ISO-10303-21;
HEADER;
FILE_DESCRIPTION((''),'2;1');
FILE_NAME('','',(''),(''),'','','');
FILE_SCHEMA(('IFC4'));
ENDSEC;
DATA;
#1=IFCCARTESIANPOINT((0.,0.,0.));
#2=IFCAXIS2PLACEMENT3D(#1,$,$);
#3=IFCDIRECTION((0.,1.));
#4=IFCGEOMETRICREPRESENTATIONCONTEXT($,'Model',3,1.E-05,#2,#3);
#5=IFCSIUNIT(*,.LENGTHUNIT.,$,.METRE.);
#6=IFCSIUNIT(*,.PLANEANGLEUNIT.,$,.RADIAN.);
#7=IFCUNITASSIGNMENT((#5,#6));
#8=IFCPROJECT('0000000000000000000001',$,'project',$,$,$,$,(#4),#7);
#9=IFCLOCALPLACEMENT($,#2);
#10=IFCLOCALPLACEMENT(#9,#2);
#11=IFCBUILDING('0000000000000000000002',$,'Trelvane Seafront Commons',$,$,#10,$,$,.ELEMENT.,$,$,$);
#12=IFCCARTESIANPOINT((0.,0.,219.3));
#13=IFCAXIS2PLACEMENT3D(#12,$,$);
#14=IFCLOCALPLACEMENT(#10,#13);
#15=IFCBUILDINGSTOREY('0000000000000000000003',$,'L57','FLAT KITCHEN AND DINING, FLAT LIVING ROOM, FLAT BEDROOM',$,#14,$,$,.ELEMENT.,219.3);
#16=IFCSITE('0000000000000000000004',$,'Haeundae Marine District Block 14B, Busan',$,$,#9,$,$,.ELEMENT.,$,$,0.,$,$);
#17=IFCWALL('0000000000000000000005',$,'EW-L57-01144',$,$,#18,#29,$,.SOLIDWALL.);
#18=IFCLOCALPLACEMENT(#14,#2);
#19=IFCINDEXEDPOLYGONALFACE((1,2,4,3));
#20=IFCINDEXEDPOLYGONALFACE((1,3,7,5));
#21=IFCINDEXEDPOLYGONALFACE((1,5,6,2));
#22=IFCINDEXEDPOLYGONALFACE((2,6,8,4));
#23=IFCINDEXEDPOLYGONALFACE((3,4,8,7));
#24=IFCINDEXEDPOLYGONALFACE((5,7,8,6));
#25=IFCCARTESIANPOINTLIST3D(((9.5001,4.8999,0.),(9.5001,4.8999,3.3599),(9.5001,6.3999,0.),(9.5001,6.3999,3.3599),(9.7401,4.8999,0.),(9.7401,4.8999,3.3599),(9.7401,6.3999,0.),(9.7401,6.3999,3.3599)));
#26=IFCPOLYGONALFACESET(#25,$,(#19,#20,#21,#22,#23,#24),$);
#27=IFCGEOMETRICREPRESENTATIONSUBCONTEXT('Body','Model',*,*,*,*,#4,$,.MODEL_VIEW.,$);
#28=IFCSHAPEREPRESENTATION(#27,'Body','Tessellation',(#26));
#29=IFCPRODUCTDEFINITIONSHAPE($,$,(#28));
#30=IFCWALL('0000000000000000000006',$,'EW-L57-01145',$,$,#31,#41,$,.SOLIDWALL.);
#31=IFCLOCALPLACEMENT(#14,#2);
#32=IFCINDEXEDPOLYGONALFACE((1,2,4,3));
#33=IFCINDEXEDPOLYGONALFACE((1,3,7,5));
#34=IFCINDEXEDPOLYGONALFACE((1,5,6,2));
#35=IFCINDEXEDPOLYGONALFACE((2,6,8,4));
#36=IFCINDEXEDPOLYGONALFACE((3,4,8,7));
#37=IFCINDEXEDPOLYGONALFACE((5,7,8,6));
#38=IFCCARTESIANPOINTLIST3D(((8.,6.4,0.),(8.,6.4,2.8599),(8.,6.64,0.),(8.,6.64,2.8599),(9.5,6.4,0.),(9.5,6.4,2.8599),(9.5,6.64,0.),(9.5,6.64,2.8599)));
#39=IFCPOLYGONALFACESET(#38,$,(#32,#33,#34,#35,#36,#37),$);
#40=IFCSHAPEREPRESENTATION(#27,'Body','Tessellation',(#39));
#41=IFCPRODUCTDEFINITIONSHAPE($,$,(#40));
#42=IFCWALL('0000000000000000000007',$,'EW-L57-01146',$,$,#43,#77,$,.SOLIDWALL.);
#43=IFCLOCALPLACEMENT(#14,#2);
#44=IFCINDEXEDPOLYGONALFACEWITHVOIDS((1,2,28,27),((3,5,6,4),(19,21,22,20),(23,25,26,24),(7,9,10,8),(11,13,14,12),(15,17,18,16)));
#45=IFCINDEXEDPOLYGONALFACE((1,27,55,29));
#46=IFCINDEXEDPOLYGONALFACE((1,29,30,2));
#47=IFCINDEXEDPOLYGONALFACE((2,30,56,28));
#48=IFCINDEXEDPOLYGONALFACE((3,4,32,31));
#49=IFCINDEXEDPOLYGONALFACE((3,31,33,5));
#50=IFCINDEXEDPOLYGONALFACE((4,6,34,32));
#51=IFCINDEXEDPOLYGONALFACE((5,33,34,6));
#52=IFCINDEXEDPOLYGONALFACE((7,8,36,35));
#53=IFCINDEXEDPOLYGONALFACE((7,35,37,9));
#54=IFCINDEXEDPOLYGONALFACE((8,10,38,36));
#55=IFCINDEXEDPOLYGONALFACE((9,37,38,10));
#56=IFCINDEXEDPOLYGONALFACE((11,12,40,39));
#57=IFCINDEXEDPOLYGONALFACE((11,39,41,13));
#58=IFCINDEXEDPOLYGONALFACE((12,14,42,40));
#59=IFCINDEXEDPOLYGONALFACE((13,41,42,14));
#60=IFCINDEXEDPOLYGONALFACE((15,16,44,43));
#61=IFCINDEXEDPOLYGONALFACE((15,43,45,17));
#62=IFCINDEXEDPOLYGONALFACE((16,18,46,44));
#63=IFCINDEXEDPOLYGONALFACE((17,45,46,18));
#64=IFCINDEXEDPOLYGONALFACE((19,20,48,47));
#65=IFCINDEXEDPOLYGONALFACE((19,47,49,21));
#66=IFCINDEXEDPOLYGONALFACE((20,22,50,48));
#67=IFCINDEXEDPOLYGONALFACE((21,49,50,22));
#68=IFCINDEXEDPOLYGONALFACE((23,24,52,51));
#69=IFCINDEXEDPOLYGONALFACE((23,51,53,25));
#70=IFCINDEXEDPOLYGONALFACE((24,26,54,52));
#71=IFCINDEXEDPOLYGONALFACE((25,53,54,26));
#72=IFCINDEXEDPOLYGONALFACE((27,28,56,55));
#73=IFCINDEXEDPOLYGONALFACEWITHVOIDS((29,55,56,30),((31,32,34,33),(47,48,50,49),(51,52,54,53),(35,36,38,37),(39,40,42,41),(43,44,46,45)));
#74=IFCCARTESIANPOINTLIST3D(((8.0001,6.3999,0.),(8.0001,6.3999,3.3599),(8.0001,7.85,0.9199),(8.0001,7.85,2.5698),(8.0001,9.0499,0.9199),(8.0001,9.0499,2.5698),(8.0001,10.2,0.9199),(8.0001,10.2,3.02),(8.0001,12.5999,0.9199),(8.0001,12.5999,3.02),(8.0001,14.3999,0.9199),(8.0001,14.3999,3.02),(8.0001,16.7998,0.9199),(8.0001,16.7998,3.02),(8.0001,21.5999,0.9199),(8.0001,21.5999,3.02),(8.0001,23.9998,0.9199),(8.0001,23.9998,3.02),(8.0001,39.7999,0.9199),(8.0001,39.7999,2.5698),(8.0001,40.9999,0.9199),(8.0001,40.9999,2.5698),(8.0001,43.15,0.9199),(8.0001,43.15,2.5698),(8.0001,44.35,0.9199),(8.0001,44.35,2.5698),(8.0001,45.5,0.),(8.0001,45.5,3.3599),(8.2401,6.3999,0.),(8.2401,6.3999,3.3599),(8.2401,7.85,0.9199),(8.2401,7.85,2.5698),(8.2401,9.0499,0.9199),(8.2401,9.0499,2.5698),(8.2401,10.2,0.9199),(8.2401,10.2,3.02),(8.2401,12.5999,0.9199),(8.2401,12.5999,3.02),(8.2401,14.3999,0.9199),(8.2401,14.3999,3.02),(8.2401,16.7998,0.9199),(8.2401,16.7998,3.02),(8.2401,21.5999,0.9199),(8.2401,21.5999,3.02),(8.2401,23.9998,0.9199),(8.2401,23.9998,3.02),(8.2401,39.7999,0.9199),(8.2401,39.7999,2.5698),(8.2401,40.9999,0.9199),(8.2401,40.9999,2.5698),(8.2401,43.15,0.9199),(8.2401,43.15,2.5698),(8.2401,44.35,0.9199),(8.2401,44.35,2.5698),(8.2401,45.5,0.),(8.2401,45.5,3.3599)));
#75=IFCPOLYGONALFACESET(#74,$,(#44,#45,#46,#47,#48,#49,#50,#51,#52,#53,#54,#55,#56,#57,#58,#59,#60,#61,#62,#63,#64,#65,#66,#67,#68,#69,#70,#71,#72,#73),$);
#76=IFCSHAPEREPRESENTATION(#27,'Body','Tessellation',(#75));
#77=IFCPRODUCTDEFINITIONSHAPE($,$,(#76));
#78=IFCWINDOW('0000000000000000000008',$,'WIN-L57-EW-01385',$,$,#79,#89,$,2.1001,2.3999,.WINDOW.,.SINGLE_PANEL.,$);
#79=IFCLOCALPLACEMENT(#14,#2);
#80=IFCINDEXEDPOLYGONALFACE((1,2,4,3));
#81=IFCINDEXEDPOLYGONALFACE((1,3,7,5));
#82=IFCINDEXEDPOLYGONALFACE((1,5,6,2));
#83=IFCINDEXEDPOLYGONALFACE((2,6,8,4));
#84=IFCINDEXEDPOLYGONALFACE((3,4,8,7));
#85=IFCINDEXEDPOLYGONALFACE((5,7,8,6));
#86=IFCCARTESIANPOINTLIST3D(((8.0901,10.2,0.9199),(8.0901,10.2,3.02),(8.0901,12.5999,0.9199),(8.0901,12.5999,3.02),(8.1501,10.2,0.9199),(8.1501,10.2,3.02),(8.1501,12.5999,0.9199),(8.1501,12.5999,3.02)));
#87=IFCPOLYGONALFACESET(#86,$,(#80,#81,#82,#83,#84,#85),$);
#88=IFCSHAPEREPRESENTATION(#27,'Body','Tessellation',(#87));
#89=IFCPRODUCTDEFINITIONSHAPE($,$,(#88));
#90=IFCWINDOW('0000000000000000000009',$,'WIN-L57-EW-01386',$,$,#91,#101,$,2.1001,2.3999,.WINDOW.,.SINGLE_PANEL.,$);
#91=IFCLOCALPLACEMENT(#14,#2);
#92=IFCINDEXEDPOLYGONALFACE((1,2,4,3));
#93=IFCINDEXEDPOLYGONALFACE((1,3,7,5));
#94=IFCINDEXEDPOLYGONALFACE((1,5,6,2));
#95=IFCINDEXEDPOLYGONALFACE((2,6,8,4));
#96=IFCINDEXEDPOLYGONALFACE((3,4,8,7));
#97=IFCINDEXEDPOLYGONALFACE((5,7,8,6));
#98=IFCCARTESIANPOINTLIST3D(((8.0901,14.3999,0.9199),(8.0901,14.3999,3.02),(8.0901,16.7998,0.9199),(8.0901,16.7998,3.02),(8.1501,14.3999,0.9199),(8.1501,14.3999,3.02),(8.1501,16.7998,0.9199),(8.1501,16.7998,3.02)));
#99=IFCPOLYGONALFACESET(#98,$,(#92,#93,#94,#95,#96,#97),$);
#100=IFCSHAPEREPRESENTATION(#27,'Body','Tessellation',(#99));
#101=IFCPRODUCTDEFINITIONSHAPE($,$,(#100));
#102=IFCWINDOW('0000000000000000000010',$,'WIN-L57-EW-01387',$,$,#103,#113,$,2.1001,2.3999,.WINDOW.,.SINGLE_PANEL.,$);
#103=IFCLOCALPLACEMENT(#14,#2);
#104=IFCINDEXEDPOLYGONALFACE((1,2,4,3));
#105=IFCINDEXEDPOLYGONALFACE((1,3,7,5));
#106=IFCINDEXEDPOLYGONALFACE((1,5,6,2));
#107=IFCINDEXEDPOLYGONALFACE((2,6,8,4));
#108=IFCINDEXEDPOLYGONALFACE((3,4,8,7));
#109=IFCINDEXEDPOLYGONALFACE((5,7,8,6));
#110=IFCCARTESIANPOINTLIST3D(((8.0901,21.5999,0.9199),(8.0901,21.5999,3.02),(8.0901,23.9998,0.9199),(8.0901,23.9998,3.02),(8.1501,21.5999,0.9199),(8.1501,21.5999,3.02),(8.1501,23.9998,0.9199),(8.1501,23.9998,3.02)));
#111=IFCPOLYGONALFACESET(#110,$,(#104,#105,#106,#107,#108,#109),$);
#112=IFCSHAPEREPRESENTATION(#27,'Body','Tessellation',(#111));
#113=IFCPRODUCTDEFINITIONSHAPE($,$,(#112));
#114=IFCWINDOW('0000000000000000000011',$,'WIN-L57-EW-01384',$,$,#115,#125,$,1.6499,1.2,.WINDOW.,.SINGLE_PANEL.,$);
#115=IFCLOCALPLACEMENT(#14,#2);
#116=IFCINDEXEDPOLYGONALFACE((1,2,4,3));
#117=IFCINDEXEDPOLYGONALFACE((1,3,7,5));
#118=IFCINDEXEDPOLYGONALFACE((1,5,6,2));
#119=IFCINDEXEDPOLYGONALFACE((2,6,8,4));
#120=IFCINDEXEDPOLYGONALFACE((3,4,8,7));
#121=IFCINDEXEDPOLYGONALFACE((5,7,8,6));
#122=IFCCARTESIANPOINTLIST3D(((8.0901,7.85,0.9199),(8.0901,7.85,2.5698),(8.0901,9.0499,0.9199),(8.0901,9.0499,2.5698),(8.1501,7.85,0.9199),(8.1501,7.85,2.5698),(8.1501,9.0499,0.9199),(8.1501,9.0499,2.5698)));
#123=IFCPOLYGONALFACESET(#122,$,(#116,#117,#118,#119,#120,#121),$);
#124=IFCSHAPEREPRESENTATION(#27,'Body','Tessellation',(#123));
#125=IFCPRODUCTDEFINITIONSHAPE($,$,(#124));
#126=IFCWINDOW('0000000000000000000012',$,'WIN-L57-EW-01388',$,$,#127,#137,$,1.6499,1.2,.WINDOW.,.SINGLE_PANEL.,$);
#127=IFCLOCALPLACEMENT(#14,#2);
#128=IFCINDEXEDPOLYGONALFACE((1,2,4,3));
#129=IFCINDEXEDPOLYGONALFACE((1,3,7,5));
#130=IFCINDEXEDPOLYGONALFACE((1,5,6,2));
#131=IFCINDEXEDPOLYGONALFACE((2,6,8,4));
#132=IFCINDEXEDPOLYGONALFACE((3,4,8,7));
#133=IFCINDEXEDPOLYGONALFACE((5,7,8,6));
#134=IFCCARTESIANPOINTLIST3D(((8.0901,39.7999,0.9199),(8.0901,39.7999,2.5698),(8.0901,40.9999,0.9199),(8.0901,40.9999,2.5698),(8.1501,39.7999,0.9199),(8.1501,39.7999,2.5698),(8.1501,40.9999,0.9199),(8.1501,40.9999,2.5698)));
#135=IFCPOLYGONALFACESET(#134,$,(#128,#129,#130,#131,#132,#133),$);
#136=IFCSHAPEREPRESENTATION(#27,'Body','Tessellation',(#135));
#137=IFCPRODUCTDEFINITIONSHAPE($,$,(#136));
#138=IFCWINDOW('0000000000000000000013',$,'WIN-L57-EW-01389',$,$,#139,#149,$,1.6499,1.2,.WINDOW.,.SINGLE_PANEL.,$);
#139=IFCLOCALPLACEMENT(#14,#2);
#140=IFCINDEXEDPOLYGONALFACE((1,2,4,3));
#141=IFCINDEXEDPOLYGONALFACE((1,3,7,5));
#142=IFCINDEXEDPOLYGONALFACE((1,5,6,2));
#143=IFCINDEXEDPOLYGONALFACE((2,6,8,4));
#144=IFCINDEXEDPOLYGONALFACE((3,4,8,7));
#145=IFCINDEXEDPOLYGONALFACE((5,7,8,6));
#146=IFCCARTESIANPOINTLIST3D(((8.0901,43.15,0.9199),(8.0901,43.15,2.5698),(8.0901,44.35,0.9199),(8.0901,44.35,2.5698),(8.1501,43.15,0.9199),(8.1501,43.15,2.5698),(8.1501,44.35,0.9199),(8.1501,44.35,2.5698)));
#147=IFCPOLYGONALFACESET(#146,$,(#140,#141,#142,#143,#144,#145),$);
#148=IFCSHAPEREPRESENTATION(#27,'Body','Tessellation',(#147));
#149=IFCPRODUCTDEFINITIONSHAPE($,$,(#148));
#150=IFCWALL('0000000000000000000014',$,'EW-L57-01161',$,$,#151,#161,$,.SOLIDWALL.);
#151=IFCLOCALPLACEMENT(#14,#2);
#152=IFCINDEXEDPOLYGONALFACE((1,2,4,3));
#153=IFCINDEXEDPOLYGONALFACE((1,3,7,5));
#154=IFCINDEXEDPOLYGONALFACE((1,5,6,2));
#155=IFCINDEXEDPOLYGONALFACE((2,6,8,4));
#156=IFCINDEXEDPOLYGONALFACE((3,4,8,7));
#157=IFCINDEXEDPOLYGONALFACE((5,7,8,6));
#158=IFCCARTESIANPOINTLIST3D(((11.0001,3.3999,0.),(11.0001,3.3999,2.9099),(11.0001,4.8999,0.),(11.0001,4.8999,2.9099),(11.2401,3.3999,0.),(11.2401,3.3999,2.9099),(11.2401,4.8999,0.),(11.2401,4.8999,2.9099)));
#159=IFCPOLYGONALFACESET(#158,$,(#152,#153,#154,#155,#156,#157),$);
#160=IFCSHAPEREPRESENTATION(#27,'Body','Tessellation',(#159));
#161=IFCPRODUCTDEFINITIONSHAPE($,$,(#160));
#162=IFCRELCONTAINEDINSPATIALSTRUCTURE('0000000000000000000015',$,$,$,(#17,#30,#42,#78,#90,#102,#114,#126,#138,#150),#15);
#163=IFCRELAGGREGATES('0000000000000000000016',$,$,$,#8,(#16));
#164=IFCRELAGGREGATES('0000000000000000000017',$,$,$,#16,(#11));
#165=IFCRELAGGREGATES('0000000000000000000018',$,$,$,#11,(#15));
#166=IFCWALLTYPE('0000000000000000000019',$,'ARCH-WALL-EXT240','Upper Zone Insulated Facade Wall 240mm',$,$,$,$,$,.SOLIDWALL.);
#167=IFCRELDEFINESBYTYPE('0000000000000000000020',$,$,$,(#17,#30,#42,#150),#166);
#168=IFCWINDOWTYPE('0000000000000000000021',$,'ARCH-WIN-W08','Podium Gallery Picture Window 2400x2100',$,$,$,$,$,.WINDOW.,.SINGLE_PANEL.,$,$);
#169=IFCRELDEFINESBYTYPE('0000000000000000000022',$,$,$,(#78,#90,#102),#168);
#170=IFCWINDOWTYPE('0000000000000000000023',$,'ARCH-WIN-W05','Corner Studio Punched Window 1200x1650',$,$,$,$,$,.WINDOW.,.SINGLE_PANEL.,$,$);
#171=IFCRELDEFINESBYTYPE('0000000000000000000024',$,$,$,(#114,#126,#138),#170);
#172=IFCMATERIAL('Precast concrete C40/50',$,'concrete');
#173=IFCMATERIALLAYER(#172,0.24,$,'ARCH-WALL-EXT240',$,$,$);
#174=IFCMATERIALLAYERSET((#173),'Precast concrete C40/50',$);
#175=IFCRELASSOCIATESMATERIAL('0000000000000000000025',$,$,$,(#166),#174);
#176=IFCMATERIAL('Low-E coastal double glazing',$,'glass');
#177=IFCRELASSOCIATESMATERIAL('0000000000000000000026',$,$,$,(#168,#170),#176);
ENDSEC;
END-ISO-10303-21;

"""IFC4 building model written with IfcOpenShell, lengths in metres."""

from ifc_helpers import new_model, si_unit, direction, frame, frame_2d, origin, place, context, subcontext, project, spatial, rectangle, extrude, source, transform, mapped, material, layer, layer_set, type_object, element, fill, save


model = new_model("IFC4")

# Units and contexts
model_context = context("Model", 3, precision=1e-05, world=origin(), true_north=direction((0.0, 1.0)))
body_context = subcontext(model_context, "Body", "Model", "MODEL_VIEW")
ifc_project = project(units=[si_unit("LENGTHUNIT", "METRE"), si_unit("PLANEANGLEUNIT", "RADIAN")], contexts=[model_context])

# Site, building, storey
site_placement = place(None, origin())
site = spatial("IfcSite", under=ifc_project, at=site_placement, Name="Haeundae Marine District Block 14B, Busan", CompositionType="ELEMENT", RefElevation=0.0)
building_placement = place(site_placement, origin())
building = spatial("IfcBuilding", under=site, at=building_placement, Name="Trelvane Seafront Commons", CompositionType="ELEMENT")
storey_placement = place(building_placement, frame((0.0, 0.0, 219.3)))
storey = spatial("IfcBuildingStorey", under=building, at=storey_placement, Name="L57", Description="FLAT KITCHEN AND DINING, FLAT LIVING ROOM, FLAT BEDROOM", CompositionType="ELEMENT", Elevation=219.3)

# Walls
ifc_material_1 = material(Name="Precast concrete C40/50", Category="concrete")
ifc_layer_1 = layer(ifc_material_1, 0.24, Name="ARCH-WALL-EXT240")
ifc_layer_set_1 = layer_set([ifc_layer_1], Name="Precast concrete C40/50")
wall_type_1 = type_object("IfcWallType", Name="ARCH-WALL-EXT240", Description="Upper Zone Insulated Facade Wall 240mm", PredefinedType="SOLIDWALL", material=ifc_layer_set_1)
for number, where, z_axis, x_axis, name in (
    (1, (9.6201, 4.8999, 0.0), (0.0, 0.0, 1.0), (0.0, 1.0, 0.0), "EW-L57-01144"),
):
    element("IfcWall", number, at=place(storey_placement, frame(where, z_axis=z_axis, x_axis=x_axis)), inside=storey, type_object=wall_type_1, Name=name, PredefinedType="SOLIDWALL", context=body_context, shape_type="SweptSolid", body=[
        extrude(rectangle(XDim=1.5, YDim=0.24, at=frame_2d((0.75, 0.0))), origin(), (0.0, 0.0, 1.0), 3.3599),
    ])
wall_1_placement = place(storey_placement, frame((9.5, 6.52, 0.0), z_axis=(0.0, 0.0, 1.0), x_axis=(-1.0, 0.0, 0.0)))
element("IfcWall", 2, at=wall_1_placement, inside=storey, type_object=wall_type_1, Name="EW-L57-01145", PredefinedType="SOLIDWALL", context=body_context, shape_type="SweptSolid", body=[
    extrude(rectangle(XDim=1.5, YDim=0.24, at=frame_2d((0.75, 0.0))), origin(), (0.0, 0.0, 1.0), 2.8599),
])

# Wall, openings, windows
wall_2_placement = place(storey_placement, frame((8.1201, 6.3999, 0.0), z_axis=(0.0, 0.0, 1.0), x_axis=(0.0, 1.0, 0.0)))
wall_2 = element("IfcWall", 3, at=wall_2_placement, inside=storey, type_object=wall_type_1, Name="EW-L57-01146", PredefinedType="SOLIDWALL", context=body_context, shape_type="SweptSolid", body=[
    extrude(rectangle(XDim=39.1001, YDim=0.24, at=frame_2d((19.55, 0.0))), origin(), (0.0, 0.0, 1.0), 3.3599),
])
opening_1_placement = place(wall_2_placement, frame((1.45, 0.0, 0.9199)))
opening_1 = element("IfcOpeningElement", 4, at=opening_1_placement, cuts=wall_2, PredefinedType="OPENING", context=body_context, shape_type="SweptSolid", body=[
    extrude(rectangle(XDim=1.2, YDim=1.6499, at=frame_2d((0.6001, 0.825))), frame((0.0, 0.1299, 0.0), z_axis=(0.0, -1.0, 0.0), x_axis=(1.0, 0.0, 0.0)), (0.0, 0.0, 1.0), 0.26),
])
opening_2_placement = place(wall_2_placement, frame((3.8, 0.0, 0.9199)))
opening_2 = element("IfcOpeningElement", 5, at=opening_2_placement, cuts=wall_2, PredefinedType="OPENING", context=body_context, shape_type="SweptSolid", body=[
    extrude(rectangle(XDim=2.3999, YDim=2.1001, at=frame_2d((1.2, 1.05))), frame((0.0, 0.1299, 0.0), z_axis=(0.0, -1.0, 0.0), x_axis=(1.0, 0.0, 0.0)), (0.0, 0.0, 1.0), 0.26),
])
opening_3_placement = place(wall_2_placement, frame((8.0, 0.0, 0.9199)))
opening_3 = element("IfcOpeningElement", 6, at=opening_3_placement, cuts=wall_2, PredefinedType="OPENING", context=body_context, shape_type="SweptSolid", body=[
    extrude(rectangle(XDim=2.3999, YDim=2.1001, at=frame_2d((1.2, 1.05))), frame((0.0, 0.1299, 0.0), z_axis=(0.0, -1.0, 0.0), x_axis=(1.0, 0.0, 0.0)), (0.0, 0.0, 1.0), 0.26),
])
opening_4_placement = place(wall_2_placement, frame((15.2, 0.0, 0.9199)))
opening_4 = element("IfcOpeningElement", 7, at=opening_4_placement, cuts=wall_2, PredefinedType="OPENING", context=body_context, shape_type="SweptSolid", body=[
    extrude(rectangle(XDim=2.3999, YDim=2.1001, at=frame_2d((1.2, 1.05))), frame((0.0, 0.1299, 0.0), z_axis=(0.0, -1.0, 0.0), x_axis=(1.0, 0.0, 0.0)), (0.0, 0.0, 1.0), 0.26),
])
opening_5_placement = place(wall_2_placement, frame((33.3999, 0.0, 0.9199)))
opening_5 = element("IfcOpeningElement", 8, at=opening_5_placement, cuts=wall_2, PredefinedType="OPENING", context=body_context, shape_type="SweptSolid", body=[
    extrude(rectangle(XDim=1.2, YDim=1.6499, at=frame_2d((0.6001, 0.825))), frame((0.0, 0.1299, 0.0), z_axis=(0.0, -1.0, 0.0), x_axis=(1.0, 0.0, 0.0)), (0.0, 0.0, 1.0), 0.26),
])
opening_6_placement = place(wall_2_placement, frame((36.75, 0.0, 0.9199)))
opening_6 = element("IfcOpeningElement", 9, at=opening_6_placement, cuts=wall_2, PredefinedType="OPENING", context=body_context, shape_type="SweptSolid", body=[
    extrude(rectangle(XDim=1.2, YDim=1.6499, at=frame_2d((0.6001, 0.825))), frame((0.0, 0.1299, 0.0), z_axis=(0.0, -1.0, 0.0), x_axis=(1.0, 0.0, 0.0)), (0.0, 0.0, 1.0), 0.26),
])
ifc_material_2 = material(Name="Low-E coastal double glazing", Category="glass")
window_type_1 = type_object("IfcWindowType", Name="ARCH-WIN-W08", Description="Podium Gallery Picture Window 2400x2100", PartitioningType="SINGLE_PANEL", PredefinedType="WINDOW", material=ifc_material_2)
shared_shape_1 = source(origin(), body_context, "Body", "SweptSolid", [
    extrude(rectangle(XDim=2.3999, YDim=2.1001, at=frame_2d((1.2, 1.05))), frame((0.0, 0.03, 0.0), z_axis=(0.0, -1.0, 0.0), x_axis=(1.0, 0.0, 0.0)), (0.0, 0.0, 1.0), 0.0601),
])
window_1_placement = place(opening_2_placement, origin())
window_1 = element("IfcWindow", 10, at=window_1_placement, inside=storey, type_object=window_type_1, Name="WIN-L57-EW-01385", OverallHeight=2.1001, OverallWidth=2.3999, PartitioningType="SINGLE_PANEL", PredefinedType="WINDOW", context=body_context, shape_type="MappedRepresentation", body=[
    mapped(shared_shape_1, transform((0.0, 0.0, 0.0), x_axis=(1.0, 0.0, 0.0), y_axis=(0.0, 1.0, 0.0), z_axis=(0.0, 0.0, 1.0), scale=1.0)),
])
fill(opening_2, window_1)
window_2_placement = place(opening_3_placement, origin())
window_2 = element("IfcWindow", 11, at=window_2_placement, inside=storey, type_object=window_type_1, Name="WIN-L57-EW-01386", OverallHeight=2.1001, OverallWidth=2.3999, PartitioningType="SINGLE_PANEL", PredefinedType="WINDOW", context=body_context, shape_type="MappedRepresentation", body=[
    mapped(shared_shape_1, transform((0.0, 0.0, 0.0), x_axis=(1.0, 0.0, 0.0), y_axis=(0.0, 1.0, 0.0), z_axis=(0.0, 0.0, 1.0), scale=1.0)),
])
fill(opening_3, window_2)
window_3_placement = place(opening_4_placement, origin())
window_3 = element("IfcWindow", 12, at=window_3_placement, inside=storey, type_object=window_type_1, Name="WIN-L57-EW-01387", OverallHeight=2.1001, OverallWidth=2.3999, PartitioningType="SINGLE_PANEL", PredefinedType="WINDOW", context=body_context, shape_type="MappedRepresentation", body=[
    mapped(shared_shape_1, transform((0.0, 0.0, 0.0), x_axis=(1.0, 0.0, 0.0), y_axis=(0.0, 1.0, 0.0), z_axis=(0.0, 0.0, 1.0), scale=1.0)),
])
fill(opening_4, window_3)
window_type_2 = type_object("IfcWindowType", Name="ARCH-WIN-W05", Description="Corner Studio Punched Window 1200x1650", PartitioningType="SINGLE_PANEL", PredefinedType="WINDOW", material=ifc_material_2)
shared_shape_2 = source(origin(), body_context, "Body", "SweptSolid", [
    extrude(rectangle(XDim=1.2, YDim=1.6499, at=frame_2d((0.6001, 0.825))), frame((0.0, 0.03, 0.0), z_axis=(0.0, -1.0, 0.0), x_axis=(1.0, 0.0, 0.0)), (0.0, 0.0, 1.0), 0.0601),
])
window_4_placement = place(opening_1_placement, origin())
window_4 = element("IfcWindow", 13, at=window_4_placement, inside=storey, type_object=window_type_2, Name="WIN-L57-EW-01384", OverallHeight=1.6499, OverallWidth=1.2, PartitioningType="SINGLE_PANEL", PredefinedType="WINDOW", context=body_context, shape_type="MappedRepresentation", body=[
    mapped(shared_shape_2, transform((0.0, 0.0, 0.0), x_axis=(1.0, 0.0, 0.0), y_axis=(0.0, 1.0, 0.0), z_axis=(0.0, 0.0, 1.0), scale=1.0)),
])
fill(opening_1, window_4)
window_5_placement = place(opening_5_placement, origin())
window_5 = element("IfcWindow", 14, at=window_5_placement, inside=storey, type_object=window_type_2, Name="WIN-L57-EW-01388", OverallHeight=1.6499, OverallWidth=1.2, PartitioningType="SINGLE_PANEL", PredefinedType="WINDOW", context=body_context, shape_type="MappedRepresentation", body=[
    mapped(shared_shape_2, transform((0.0, 0.0, 0.0), x_axis=(1.0, 0.0, 0.0), y_axis=(0.0, 1.0, 0.0), z_axis=(0.0, 0.0, 1.0), scale=1.0)),
])
fill(opening_5, window_5)
window_6_placement = place(opening_6_placement, origin())
window_6 = element("IfcWindow", 15, at=window_6_placement, inside=storey, type_object=window_type_2, Name="WIN-L57-EW-01389", OverallHeight=1.6499, OverallWidth=1.2, PartitioningType="SINGLE_PANEL", PredefinedType="WINDOW", context=body_context, shape_type="MappedRepresentation", body=[
    mapped(shared_shape_2, transform((0.0, 0.0, 0.0), x_axis=(1.0, 0.0, 0.0), y_axis=(0.0, 1.0, 0.0), z_axis=(0.0, 0.0, 1.0), scale=1.0)),
])
fill(opening_6, window_6)

# Wall
wall_3_placement = place(storey_placement, frame((11.1201, 3.3999, 0.0), z_axis=(0.0, 0.0, 1.0), x_axis=(0.0, 1.0, 0.0)))
element("IfcWall", 16, at=wall_3_placement, inside=storey, type_object=wall_type_1, Name="EW-L57-01161", PredefinedType="SOLIDWALL", context=body_context, shape_type="SweptSolid", body=[
    extrude(rectangle(XDim=1.5, YDim=0.24, at=frame_2d((0.75, 0.0))), origin(), (0.0, 0.0, 1.0), 2.9099),
])

save(model, "model.ifc")
